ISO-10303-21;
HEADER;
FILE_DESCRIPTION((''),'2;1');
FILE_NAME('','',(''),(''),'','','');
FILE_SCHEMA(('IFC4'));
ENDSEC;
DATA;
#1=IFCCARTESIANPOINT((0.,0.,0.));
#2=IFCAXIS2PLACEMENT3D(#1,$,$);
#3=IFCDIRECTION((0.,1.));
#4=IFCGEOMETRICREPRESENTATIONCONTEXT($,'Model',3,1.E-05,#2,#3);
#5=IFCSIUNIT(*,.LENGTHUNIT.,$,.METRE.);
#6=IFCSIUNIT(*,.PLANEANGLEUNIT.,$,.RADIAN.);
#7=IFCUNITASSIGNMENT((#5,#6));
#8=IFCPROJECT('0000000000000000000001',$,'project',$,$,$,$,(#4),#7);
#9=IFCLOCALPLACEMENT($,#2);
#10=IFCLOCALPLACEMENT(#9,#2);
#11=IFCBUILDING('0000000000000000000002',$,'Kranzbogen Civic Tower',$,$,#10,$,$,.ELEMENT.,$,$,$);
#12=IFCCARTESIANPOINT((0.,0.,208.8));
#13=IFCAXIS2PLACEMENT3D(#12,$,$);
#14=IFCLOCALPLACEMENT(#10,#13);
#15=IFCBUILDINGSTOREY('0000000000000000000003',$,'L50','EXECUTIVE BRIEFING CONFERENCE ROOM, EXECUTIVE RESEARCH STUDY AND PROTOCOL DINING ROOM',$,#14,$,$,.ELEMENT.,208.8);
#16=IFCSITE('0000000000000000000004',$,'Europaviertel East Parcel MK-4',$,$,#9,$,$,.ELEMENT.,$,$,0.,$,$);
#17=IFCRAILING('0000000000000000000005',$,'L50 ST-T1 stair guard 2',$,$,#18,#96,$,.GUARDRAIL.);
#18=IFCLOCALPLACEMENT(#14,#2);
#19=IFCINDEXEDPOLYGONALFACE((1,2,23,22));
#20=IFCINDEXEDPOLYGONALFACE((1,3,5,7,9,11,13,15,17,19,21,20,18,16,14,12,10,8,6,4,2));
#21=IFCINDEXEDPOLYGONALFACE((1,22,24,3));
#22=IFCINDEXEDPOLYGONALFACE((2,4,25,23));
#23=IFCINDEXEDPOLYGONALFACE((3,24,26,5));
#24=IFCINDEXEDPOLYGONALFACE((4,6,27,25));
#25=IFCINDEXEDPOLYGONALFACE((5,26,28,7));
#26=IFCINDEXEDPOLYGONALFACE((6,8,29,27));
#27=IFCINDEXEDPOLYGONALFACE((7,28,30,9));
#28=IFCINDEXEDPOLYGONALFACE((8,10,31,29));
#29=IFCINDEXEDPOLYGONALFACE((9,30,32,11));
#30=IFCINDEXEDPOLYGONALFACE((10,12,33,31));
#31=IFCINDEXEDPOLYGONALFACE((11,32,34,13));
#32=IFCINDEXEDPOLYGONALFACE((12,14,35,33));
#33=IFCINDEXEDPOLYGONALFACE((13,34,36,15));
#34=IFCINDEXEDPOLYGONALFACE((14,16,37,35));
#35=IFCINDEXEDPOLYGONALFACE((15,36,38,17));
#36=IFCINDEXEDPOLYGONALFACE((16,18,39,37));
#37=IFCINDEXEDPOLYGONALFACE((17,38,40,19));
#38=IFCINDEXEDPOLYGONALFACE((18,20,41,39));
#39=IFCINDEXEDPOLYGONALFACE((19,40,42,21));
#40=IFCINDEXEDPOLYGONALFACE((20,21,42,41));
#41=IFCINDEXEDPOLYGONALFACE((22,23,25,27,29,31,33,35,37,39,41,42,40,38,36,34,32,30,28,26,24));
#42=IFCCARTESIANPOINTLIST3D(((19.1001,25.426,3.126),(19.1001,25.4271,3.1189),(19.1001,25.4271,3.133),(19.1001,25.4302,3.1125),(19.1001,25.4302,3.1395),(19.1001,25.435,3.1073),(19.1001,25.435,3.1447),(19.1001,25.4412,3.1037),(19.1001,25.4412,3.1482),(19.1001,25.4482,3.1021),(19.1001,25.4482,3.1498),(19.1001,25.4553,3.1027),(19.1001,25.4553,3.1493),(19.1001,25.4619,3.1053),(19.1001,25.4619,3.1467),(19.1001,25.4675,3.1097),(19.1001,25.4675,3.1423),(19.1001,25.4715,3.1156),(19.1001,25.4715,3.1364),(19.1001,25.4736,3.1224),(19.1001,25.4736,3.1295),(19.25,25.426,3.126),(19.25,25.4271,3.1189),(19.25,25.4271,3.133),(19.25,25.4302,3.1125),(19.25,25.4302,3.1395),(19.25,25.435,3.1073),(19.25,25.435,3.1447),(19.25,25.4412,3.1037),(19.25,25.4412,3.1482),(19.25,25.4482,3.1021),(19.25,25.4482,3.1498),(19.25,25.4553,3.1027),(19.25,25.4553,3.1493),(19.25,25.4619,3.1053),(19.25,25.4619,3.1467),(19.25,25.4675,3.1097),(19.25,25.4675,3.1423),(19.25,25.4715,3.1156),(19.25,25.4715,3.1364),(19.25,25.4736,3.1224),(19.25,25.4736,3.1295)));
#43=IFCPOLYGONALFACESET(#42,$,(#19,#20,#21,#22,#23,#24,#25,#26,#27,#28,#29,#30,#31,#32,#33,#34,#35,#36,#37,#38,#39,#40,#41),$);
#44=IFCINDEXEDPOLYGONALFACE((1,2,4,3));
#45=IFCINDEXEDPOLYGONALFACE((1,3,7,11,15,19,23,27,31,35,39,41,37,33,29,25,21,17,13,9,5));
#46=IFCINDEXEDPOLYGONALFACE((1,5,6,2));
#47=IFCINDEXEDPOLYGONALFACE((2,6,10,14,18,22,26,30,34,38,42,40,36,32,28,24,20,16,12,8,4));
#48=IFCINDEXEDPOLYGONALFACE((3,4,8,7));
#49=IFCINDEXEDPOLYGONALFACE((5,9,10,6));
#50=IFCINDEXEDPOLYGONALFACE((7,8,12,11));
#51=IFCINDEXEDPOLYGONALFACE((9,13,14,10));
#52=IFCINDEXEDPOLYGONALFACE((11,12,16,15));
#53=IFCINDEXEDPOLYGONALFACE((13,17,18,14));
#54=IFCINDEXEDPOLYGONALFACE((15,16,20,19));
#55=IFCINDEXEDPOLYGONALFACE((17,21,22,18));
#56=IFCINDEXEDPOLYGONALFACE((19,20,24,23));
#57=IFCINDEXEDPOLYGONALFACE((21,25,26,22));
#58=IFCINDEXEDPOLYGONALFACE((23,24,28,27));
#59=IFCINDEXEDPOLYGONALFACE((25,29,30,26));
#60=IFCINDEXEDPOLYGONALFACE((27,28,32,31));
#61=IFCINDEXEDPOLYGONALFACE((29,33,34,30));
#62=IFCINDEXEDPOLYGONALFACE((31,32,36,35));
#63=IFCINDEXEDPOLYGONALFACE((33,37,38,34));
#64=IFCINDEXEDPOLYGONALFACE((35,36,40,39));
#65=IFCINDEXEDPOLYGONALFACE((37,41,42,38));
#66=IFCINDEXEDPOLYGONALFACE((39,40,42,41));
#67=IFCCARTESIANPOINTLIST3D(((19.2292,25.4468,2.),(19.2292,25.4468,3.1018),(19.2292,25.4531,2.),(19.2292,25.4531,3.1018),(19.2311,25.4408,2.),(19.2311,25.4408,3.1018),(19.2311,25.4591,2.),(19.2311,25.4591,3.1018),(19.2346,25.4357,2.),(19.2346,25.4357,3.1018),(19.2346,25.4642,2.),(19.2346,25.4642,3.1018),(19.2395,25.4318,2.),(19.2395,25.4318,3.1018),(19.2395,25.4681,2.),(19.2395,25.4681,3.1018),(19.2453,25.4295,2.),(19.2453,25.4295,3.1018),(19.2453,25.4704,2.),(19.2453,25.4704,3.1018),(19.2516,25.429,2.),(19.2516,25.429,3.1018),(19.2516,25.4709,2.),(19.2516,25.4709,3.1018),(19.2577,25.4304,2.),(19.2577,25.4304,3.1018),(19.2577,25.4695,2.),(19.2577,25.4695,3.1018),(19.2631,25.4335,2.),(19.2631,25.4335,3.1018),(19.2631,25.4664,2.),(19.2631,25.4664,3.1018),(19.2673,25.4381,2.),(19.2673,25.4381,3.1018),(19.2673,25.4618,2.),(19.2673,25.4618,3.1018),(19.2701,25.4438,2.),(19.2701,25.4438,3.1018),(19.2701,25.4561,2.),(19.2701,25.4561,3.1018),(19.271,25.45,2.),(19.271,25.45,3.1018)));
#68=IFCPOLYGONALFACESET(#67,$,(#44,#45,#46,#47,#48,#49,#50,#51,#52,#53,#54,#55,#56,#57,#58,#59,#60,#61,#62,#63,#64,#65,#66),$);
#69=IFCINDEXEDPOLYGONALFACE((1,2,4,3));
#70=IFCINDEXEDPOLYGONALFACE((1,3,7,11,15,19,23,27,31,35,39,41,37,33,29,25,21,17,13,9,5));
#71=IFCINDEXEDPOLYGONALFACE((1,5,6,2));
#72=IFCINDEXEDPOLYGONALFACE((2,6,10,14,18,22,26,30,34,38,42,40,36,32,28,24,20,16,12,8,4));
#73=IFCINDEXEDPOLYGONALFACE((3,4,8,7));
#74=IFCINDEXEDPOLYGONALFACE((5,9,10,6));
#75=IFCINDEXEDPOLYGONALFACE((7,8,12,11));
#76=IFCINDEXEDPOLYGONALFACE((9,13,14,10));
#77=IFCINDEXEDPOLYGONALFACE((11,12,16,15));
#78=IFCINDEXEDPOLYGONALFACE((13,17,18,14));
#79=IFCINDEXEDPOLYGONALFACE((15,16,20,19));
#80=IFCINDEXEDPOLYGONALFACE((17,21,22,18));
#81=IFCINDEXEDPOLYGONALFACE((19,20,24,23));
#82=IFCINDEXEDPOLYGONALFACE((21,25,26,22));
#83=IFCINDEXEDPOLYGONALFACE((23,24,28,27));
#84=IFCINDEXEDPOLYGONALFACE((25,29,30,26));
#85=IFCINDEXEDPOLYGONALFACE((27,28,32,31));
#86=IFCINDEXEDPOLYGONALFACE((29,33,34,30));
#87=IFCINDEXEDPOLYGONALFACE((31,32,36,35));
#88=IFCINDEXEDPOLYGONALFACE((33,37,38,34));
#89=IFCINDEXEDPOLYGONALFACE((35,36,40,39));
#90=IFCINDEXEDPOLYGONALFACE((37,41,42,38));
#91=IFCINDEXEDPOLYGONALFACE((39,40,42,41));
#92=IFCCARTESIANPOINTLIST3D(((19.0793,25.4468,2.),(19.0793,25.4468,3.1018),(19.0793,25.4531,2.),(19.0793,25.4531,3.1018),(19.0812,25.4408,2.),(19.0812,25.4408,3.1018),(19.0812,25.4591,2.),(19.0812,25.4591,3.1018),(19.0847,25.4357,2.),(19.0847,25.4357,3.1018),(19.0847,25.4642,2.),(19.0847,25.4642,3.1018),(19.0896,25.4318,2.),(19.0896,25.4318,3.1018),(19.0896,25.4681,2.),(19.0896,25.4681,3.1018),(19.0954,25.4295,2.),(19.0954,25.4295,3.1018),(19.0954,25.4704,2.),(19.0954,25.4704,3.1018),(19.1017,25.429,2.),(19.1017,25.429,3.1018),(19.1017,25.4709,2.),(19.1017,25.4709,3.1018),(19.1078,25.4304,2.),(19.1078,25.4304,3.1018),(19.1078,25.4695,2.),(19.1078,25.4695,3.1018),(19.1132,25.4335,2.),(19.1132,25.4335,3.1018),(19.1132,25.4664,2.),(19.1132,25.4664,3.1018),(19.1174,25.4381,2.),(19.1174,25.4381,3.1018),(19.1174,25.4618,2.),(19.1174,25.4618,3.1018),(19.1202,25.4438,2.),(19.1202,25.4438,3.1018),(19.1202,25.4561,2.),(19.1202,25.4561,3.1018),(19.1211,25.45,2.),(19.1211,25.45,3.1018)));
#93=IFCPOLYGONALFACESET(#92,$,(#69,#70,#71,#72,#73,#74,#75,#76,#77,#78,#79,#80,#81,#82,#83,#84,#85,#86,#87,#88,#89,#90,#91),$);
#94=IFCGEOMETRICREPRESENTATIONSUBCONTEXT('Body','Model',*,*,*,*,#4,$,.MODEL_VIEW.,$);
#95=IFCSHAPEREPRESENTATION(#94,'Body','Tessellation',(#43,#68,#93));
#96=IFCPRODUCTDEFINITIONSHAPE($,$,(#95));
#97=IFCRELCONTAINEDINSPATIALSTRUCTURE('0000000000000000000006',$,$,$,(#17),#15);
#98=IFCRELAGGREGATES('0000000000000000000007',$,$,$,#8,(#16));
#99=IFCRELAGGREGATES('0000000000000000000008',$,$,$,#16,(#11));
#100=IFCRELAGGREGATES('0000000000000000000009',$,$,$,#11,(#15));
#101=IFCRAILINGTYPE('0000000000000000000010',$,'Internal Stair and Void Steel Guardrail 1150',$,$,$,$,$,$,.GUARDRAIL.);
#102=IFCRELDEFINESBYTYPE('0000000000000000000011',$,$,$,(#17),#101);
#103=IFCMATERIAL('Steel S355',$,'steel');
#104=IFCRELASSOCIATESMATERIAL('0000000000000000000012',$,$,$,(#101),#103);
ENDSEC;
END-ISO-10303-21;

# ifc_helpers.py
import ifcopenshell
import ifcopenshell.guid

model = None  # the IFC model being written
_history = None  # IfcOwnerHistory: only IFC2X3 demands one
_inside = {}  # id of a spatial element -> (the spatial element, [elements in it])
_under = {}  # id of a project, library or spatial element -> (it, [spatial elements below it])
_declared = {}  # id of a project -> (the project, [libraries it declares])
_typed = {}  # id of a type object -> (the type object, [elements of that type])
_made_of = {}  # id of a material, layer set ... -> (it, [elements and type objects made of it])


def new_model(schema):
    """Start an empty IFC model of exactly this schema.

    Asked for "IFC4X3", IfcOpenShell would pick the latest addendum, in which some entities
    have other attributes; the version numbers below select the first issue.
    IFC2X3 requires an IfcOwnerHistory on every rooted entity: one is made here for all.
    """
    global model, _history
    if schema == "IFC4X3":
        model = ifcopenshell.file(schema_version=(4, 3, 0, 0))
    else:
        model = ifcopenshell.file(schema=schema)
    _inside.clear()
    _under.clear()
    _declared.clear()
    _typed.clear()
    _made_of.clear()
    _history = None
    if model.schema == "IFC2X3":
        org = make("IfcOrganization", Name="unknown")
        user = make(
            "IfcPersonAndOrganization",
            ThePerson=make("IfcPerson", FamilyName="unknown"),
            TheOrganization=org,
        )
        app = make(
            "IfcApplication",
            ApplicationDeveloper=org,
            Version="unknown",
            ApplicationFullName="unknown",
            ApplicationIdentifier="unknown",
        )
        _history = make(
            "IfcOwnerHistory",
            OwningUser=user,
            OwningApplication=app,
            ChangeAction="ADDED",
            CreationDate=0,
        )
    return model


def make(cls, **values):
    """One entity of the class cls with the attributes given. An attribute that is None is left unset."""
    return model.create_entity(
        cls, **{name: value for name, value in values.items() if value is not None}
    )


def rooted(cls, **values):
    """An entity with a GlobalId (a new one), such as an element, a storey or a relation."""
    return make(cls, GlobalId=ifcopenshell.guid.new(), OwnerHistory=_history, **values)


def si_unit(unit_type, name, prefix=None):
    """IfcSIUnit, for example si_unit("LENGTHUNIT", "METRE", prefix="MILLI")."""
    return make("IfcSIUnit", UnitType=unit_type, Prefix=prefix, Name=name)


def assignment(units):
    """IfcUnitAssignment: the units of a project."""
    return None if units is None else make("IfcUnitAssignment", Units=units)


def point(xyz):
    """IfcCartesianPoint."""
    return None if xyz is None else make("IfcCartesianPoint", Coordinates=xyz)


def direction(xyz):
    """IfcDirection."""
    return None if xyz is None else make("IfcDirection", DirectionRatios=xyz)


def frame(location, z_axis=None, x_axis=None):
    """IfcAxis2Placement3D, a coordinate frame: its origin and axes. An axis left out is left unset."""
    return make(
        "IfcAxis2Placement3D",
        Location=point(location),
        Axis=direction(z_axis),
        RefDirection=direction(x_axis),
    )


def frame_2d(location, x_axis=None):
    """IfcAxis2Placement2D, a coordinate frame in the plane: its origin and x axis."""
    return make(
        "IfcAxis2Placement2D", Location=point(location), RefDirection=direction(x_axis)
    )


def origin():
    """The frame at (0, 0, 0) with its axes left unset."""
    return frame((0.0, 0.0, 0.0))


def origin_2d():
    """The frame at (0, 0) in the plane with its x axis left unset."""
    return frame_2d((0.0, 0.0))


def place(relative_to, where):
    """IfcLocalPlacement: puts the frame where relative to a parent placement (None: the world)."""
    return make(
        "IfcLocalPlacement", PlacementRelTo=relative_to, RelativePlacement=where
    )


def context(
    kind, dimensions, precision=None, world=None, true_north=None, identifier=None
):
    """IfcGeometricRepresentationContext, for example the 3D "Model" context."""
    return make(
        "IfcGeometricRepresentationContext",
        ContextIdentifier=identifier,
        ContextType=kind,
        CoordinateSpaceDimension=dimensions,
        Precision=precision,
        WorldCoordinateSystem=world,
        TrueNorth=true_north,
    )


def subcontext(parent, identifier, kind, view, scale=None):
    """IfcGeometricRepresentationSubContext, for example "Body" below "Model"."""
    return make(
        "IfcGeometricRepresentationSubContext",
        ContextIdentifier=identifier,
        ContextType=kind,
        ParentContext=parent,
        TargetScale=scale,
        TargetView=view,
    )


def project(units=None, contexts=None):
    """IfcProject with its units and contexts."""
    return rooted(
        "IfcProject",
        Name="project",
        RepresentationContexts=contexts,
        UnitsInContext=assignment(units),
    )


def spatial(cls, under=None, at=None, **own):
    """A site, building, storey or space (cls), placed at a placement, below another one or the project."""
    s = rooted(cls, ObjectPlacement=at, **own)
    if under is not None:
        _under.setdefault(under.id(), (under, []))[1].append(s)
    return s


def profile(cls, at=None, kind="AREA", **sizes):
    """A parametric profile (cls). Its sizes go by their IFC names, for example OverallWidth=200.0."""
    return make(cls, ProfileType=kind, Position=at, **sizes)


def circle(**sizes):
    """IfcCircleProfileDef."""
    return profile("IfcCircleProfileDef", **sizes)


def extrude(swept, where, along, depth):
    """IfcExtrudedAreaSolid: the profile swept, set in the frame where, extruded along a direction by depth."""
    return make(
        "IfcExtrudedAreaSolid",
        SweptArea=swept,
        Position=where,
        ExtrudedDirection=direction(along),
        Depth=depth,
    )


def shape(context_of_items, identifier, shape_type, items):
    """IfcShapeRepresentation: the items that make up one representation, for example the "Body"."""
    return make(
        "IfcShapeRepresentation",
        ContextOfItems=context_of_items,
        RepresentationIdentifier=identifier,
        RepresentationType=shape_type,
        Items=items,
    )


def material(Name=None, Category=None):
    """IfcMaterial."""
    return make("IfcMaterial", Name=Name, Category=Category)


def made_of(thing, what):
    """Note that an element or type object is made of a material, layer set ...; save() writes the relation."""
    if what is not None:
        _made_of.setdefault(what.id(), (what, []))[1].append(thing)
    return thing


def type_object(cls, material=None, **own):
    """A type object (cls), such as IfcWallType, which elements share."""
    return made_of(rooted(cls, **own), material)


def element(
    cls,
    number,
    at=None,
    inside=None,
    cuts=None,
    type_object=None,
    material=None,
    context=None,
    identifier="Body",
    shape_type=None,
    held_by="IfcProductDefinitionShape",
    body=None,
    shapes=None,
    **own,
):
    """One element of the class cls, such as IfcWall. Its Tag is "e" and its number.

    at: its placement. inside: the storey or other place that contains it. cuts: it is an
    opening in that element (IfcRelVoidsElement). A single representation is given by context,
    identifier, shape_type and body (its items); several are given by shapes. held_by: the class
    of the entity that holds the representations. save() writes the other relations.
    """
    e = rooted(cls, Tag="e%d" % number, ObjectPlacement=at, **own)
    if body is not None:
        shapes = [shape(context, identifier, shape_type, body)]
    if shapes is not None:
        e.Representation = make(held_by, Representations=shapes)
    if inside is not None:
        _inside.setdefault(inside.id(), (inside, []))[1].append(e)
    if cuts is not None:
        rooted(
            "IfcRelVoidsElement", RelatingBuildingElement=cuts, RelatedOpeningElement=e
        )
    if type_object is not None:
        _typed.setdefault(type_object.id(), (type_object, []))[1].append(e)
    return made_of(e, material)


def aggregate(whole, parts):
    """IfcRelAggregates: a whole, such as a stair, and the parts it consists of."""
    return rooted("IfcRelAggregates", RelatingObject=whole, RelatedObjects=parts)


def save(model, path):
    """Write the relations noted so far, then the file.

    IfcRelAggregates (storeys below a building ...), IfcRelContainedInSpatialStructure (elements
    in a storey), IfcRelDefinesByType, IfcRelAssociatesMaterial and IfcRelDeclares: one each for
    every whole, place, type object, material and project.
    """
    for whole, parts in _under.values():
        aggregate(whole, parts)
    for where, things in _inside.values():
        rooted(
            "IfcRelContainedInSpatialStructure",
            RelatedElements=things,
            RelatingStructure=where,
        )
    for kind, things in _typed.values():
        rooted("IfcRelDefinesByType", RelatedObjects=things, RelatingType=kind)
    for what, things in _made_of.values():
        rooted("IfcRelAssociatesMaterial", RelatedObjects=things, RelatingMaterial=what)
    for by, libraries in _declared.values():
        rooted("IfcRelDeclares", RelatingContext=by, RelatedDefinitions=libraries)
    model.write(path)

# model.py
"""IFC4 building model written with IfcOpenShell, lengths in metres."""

from ifc_helpers import new_model, si_unit, direction, frame, origin, origin_2d, place, context, subcontext, project, spatial, circle, extrude, material, type_object, element, save


model = new_model("IFC4")

# Units and contexts
model_context = context("Model", 3, precision=1e-05, world=origin(), true_north=direction((0.0, 1.0)))
body_context = subcontext(model_context, "Body", "Model", "MODEL_VIEW")
ifc_project = project(units=[si_unit("LENGTHUNIT", "METRE"), si_unit("PLANEANGLEUNIT", "RADIAN")], contexts=[model_context])

# Site, building, storey
site_placement = place(None, origin())
site = spatial("IfcSite", under=ifc_project, at=site_placement, Name="Europaviertel East Parcel MK-4", CompositionType="ELEMENT", RefElevation=0.0)
building_placement = place(site_placement, origin())
building = spatial("IfcBuilding", under=site, at=building_placement, Name="Kranzbogen Civic Tower", CompositionType="ELEMENT")
storey_placement = place(building_placement, frame((0.0, 0.0, 208.8)))
storey = spatial("IfcBuildingStorey", under=building, at=storey_placement, Name="L50", Description="EXECUTIVE BRIEFING CONFERENCE ROOM, EXECUTIVE RESEARCH STUDY AND PROTOCOL DINING ROOM", CompositionType="ELEMENT", Elevation=208.8)

# Shared definitions
ifc_material_1 = material(Name="Steel S355", Category="steel")

# Railing
railing_type_1 = type_object("IfcRailingType", Name="Internal Stair and Void Steel Guardrail 1150", PredefinedType="GUARDRAIL", material=ifc_material_1)
railing_1_placement = place(storey_placement, frame((19.25, 25.45, 2.0)))
element("IfcRailing", 1, at=railing_1_placement, inside=storey, type_object=railing_type_1, Name="L50 ST-T1 stair guard 2", PredefinedType="GUARDRAIL", context=body_context, shape_type="SweptSolid", body=[
    extrude(circle(Radius=0.0239, at=origin_2d()), frame((0.0, 0.0, 1.126), z_axis=(-1.0, 0.0, 0.0), x_axis=(0.0, -1.0, 0.0)), (0.0, 0.0, 1.0), 0.1499),
    extrude(circle(Radius=0.021, at=origin_2d()), origin(), (0.0, 0.0, 1.0), 1.1018),
    extrude(circle(Radius=0.021, at=origin_2d()), frame((-0.1499, 0.0, 0.0)), (0.0, 0.0, 1.0), 1.1018),
])

save(model, "model.ifc")
